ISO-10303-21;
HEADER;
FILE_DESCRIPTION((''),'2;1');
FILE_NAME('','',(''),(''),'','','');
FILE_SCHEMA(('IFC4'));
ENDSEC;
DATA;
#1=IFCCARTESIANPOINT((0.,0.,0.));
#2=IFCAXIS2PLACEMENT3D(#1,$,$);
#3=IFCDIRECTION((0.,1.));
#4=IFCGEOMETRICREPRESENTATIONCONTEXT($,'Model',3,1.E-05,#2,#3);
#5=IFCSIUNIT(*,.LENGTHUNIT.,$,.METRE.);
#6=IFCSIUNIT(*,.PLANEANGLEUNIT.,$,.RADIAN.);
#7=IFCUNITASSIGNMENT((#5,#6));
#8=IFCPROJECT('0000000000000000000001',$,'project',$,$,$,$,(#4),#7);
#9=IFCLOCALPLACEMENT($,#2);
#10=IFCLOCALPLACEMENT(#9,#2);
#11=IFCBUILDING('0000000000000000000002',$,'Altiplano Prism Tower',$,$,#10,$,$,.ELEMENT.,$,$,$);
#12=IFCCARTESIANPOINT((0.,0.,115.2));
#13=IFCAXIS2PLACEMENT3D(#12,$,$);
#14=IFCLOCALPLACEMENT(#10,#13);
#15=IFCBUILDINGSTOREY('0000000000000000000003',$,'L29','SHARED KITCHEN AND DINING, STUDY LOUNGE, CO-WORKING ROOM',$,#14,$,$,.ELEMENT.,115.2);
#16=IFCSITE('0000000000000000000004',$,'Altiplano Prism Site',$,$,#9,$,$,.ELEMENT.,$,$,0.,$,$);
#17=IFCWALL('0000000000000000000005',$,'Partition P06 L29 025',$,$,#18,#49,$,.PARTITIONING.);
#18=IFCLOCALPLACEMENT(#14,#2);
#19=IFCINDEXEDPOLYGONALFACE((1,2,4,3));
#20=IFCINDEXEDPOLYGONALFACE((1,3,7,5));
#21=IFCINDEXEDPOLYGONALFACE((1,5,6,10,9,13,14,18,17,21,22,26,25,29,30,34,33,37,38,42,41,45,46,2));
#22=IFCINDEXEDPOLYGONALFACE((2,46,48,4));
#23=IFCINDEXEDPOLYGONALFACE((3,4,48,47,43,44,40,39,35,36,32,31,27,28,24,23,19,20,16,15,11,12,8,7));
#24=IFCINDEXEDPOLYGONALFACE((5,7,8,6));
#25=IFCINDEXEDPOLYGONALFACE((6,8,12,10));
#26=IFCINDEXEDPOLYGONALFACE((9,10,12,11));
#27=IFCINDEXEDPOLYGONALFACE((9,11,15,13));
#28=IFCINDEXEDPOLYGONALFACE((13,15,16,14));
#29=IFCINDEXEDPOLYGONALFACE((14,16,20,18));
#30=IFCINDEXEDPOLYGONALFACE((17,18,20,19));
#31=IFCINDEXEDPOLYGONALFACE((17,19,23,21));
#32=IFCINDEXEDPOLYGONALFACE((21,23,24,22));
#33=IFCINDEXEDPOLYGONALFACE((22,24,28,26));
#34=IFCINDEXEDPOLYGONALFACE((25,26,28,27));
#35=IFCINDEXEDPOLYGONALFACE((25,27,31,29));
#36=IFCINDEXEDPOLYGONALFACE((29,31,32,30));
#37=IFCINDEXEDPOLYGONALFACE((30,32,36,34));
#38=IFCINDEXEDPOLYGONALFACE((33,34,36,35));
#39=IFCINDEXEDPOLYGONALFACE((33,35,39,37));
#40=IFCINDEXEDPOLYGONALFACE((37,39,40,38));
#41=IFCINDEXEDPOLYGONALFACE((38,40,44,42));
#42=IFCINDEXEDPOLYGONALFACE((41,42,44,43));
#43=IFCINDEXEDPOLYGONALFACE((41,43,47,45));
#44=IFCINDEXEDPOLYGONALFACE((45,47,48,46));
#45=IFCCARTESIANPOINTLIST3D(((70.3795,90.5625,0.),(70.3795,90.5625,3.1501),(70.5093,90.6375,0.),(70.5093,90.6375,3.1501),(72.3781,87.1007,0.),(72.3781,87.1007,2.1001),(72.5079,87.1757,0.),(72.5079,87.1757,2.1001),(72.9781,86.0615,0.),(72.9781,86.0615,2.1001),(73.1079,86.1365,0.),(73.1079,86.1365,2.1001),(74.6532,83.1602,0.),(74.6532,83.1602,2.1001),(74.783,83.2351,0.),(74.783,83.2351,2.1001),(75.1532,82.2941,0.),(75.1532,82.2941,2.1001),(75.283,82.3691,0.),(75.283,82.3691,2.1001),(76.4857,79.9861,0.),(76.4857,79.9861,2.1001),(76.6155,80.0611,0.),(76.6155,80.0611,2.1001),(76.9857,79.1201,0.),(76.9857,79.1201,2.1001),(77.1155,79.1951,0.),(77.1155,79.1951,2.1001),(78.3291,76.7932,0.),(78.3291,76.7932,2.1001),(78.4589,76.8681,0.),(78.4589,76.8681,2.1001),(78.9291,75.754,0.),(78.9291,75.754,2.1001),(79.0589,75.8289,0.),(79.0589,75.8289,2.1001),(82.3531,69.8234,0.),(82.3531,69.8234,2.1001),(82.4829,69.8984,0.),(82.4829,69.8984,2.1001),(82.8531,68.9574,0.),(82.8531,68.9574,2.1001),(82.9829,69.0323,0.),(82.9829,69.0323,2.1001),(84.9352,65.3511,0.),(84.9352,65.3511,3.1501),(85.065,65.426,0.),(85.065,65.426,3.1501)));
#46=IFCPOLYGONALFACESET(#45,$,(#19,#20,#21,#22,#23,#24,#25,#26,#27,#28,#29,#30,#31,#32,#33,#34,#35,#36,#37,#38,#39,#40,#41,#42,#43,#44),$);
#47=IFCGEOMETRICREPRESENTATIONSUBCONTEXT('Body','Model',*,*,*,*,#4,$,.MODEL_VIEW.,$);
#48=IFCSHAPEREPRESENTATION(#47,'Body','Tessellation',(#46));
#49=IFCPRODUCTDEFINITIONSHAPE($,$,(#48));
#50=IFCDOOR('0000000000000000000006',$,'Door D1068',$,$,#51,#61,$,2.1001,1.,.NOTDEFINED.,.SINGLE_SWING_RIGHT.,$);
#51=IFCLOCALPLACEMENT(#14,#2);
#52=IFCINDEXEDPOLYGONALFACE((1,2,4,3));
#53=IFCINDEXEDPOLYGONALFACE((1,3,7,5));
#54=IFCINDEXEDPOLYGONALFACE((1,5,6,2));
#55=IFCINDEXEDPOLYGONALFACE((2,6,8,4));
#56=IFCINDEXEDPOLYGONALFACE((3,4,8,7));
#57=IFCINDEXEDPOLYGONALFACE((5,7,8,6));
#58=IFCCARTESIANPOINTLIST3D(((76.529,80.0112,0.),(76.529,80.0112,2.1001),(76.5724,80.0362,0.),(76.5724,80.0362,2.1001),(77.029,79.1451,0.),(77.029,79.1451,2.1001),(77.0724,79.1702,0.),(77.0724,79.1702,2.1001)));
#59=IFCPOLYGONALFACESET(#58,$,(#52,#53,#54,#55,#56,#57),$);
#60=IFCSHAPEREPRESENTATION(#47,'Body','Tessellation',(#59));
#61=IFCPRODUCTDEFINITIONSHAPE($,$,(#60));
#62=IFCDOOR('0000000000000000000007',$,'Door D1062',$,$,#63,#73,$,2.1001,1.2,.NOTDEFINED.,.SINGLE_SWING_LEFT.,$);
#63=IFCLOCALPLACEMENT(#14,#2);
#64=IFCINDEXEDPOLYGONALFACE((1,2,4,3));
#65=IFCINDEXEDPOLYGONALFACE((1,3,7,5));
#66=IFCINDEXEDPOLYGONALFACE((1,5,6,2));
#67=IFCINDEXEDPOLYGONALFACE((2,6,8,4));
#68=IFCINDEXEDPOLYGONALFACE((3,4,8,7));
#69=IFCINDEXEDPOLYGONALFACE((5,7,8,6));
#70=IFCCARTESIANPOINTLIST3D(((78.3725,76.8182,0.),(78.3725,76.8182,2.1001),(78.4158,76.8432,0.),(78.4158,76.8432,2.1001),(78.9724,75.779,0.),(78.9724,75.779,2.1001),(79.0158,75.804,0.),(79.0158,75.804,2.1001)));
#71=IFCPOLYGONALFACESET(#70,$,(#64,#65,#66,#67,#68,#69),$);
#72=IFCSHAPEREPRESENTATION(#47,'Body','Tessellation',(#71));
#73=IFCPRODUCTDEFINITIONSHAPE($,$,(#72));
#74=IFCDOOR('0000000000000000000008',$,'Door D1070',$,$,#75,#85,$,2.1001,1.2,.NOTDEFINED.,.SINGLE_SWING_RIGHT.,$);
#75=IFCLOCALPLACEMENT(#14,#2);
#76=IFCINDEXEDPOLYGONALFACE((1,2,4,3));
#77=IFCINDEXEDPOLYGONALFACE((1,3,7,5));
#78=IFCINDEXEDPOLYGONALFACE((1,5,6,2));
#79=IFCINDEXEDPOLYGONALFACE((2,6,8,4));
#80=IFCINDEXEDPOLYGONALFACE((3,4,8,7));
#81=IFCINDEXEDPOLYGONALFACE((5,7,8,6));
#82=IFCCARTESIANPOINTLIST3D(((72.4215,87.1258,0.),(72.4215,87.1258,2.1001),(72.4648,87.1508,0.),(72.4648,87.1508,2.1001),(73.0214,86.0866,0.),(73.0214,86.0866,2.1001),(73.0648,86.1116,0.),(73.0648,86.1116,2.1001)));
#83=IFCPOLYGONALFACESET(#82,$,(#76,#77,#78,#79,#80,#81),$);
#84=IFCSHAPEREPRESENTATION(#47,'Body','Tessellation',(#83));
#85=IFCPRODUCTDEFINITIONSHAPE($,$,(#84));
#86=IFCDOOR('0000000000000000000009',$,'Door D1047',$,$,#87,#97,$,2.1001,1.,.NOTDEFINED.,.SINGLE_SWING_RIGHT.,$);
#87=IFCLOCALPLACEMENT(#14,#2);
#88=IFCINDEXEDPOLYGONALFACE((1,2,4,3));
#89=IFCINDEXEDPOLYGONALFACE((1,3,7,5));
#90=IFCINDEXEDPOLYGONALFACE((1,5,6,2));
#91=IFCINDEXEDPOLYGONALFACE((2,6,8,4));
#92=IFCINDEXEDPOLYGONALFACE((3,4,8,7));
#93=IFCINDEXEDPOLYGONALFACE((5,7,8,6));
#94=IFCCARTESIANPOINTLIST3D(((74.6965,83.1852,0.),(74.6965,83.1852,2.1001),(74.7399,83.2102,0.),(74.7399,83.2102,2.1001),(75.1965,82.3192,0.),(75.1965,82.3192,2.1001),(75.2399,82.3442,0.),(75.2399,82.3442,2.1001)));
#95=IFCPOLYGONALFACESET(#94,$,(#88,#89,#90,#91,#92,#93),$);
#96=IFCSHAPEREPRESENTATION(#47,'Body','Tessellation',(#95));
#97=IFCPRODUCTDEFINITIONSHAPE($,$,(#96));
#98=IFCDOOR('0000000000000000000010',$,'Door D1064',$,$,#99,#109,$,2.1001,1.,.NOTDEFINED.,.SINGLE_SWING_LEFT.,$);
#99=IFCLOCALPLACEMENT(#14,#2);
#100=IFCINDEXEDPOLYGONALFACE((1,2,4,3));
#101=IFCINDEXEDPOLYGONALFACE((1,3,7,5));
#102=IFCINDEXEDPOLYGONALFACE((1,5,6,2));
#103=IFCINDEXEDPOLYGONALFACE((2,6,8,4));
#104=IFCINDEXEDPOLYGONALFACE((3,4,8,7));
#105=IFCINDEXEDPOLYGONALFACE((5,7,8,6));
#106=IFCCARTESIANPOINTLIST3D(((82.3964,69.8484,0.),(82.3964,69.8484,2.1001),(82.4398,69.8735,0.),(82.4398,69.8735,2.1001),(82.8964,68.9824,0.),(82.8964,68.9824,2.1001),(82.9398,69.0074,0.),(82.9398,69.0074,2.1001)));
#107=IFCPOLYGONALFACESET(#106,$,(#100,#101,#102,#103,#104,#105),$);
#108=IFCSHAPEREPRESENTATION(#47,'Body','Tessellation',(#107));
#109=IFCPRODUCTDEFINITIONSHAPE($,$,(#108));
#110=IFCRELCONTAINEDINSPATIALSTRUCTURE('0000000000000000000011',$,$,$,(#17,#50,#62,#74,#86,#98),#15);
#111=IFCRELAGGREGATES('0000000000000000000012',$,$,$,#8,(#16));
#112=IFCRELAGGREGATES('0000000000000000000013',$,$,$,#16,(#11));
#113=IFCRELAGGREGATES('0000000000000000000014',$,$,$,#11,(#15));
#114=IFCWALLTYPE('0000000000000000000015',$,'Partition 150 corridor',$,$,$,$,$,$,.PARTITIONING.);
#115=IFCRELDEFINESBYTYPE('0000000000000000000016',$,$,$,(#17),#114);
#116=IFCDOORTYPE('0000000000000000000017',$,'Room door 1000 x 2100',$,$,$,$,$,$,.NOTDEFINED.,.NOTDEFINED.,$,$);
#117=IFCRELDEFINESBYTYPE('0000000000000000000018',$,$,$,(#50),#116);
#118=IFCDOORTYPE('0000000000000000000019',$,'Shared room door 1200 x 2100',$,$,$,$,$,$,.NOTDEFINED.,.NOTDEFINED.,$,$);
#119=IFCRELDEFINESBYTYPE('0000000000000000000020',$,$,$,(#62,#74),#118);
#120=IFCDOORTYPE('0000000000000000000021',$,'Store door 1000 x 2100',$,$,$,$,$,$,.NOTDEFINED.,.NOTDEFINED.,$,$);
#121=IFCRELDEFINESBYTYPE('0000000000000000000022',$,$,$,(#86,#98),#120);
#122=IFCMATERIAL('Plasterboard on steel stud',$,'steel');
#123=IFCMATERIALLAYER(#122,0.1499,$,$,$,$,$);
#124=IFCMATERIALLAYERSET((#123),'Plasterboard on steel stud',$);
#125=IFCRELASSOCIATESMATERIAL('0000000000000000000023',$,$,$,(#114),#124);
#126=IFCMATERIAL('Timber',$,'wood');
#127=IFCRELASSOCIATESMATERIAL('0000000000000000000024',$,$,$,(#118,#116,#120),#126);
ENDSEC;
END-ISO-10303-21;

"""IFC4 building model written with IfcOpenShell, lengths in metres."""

from ifc_helpers import new_model, si_unit, direction, frame, frame_2d, origin, place, context, subcontext, project, spatial, rectangle, extrude, material, layer, layer_set, type_object, element, fill, save


model = new_model("IFC4")

# Units and contexts
model_context = context("Model", 3, precision=1e-05, world=origin(), true_north=direction((0.0, 1.0)))
body_context = subcontext(model_context, "Body", "Model", "MODEL_VIEW")
ifc_project = project(units=[si_unit("LENGTHUNIT", "METRE"), si_unit("PLANEANGLEUNIT", "RADIAN")], contexts=[model_context])

# Site, building, storey
site_placement = place(None, origin())
site = spatial("IfcSite", under=ifc_project, at=site_placement, Name="Altiplano Prism Site", CompositionType="ELEMENT", RefElevation=0.0)
building_placement = place(site_placement, origin())
building = spatial("IfcBuilding", under=site, at=building_placement, Name="Altiplano Prism Tower", CompositionType="ELEMENT")
storey_placement = place(building_placement, frame((0.0, 0.0, 115.2)))
storey = spatial("IfcBuildingStorey", under=building, at=storey_placement, Name="L29", Description="SHARED KITCHEN AND DINING, STUDY LOUNGE, CO-WORKING ROOM", CompositionType="ELEMENT", Elevation=115.2)

# Shared definitions
ifc_material_1 = material(Name="Plasterboard on steel stud", Category="steel")
ifc_layer_1 = layer(ifc_material_1, 0.1499)
ifc_layer_set_1 = layer_set([ifc_layer_1], Name="Plasterboard on steel stud")
wall_type_1 = type_object("IfcWallType", Name="Partition 150 corridor", PredefinedType="PARTITIONING", material=ifc_layer_set_1)

# Wall, openings, doors
ifc_material_2 = material(Name="Timber", Category="wood")
door_type_1 = type_object("IfcDoorType", Name="Shared room door 1200 x 2100", OperationType="NOTDEFINED", PredefinedType="NOTDEFINED", material=ifc_material_2)
wall_1_placement = place(storey_placement, frame((85.0, 65.3887, 0.0), z_axis=(0.0, 0.0, 1.0), x_axis=(-0.499996, 0.866028, 0.0)))
wall_1 = element("IfcWall", 1, at=wall_1_placement, inside=storey, type_object=wall_type_1, Name="Partition P06 L29 025", PredefinedType="PARTITIONING", context=body_context, shape_type="SweptSolid", body=[
    extrude(rectangle(XDim=29.1116, YDim=0.1499, at=frame_2d((14.5557, 0.0))), origin(), (0.0, 0.0, 1.0), 3.1501),
])
opening_1_placement = place(wall_1_placement, frame((19.564, 0.0, 0.0)))
opening_1 = element("IfcOpeningElement", 2, at=opening_1_placement, cuts=wall_1, PredefinedType="OPENING", context=body_context, shape_type="SweptSolid", body=[
    extrude(rectangle(XDim=1.0, YDim=2.1001, at=frame_2d((0.5, 1.05))), frame((0.0, 0.0854, 0.0), z_axis=(0.0, -1.0, 0.0), x_axis=(1.0, 0.0, 0.0)), (0.0, 0.0, 1.0), 0.1709),
])
opening_2_placement = place(wall_1_placement, frame((12.012, 0.0, 0.0)))
opening_2 = element("IfcOpeningElement", 3, at=opening_2_placement, cuts=wall_1, PredefinedType="OPENING", context=body_context, shape_type="SweptSolid", body=[
    extrude(rectangle(XDim=1.2, YDim=2.1001, at=frame_2d((0.6001, 1.05))), frame((0.0, 0.0854, 0.0), z_axis=(0.0, -1.0, 0.0), x_axis=(1.0, 0.0, 0.0)), (0.0, 0.0, 1.0), 0.1709),
])
opening_3_placement = place(wall_1_placement, frame((4.1641, 0.0, 0.0)))
opening_3 = element("IfcOpeningElement", 4, at=opening_3_placement, cuts=wall_1, PredefinedType="OPENING", context=body_context, shape_type="SweptSolid", body=[
    extrude(rectangle(XDim=1.0, YDim=2.1001, at=frame_2d((0.5, 1.05))), frame((0.0, 0.0854, 0.0), z_axis=(0.0, -1.0, 0.0), x_axis=(1.0, 0.0, 0.0)), (0.0, 0.0, 1.0), 0.1709),
])
opening_4_placement = place(wall_1_placement, frame((15.8989, 0.0, 0.0)))
opening_4 = element("IfcOpeningElement", 5, at=opening_4_placement, cuts=wall_1, PredefinedType="OPENING", context=body_context, shape_type="SweptSolid", body=[
    extrude(rectangle(XDim=1.0, YDim=2.1001, at=frame_2d((0.5, 1.05))), frame((0.0, 0.0854, 0.0), z_axis=(0.0, -1.0, 0.0), x_axis=(1.0, 0.0, 0.0)), (0.0, 0.0, 1.0), 0.1709),
])
opening_5_placement = place(wall_1_placement, frame((23.9141, 0.0, 0.0)))
opening_5 = element("IfcOpeningElement", 6, at=opening_5_placement, cuts=wall_1, PredefinedType="OPENING", context=body_context, shape_type="SweptSolid", body=[
    extrude(rectangle(XDim=1.2, YDim=2.1001, at=frame_2d((0.6001, 1.05))), frame((0.0, 0.0854, 0.0), z_axis=(0.0, -1.0, 0.0), x_axis=(1.0, 0.0, 0.0)), (0.0, 0.0, 1.0), 0.1709),
])
door_type_2 = type_object("IfcDoorType", Name="Room door 1000 x 2100", OperationType="NOTDEFINED", PredefinedType="NOTDEFINED", material=ifc_material_2)
door_1_placement = place(opening_4_placement, origin())
door_1 = element("IfcDoor", 7, at=door_1_placement, inside=storey, type_object=door_type_2, Name="Door D1068", OperationType="SINGLE_SWING_RIGHT", OverallHeight=2.1001, OverallWidth=1.0, PredefinedType="NOTDEFINED", context=body_context, shape_type="SweptSolid", body=[
    extrude(rectangle(XDim=1.0, YDim=2.1001, at=frame_2d((0.5, 1.05))), frame((0.0, 0.0249, 0.0), z_axis=(0.0, -1.0, 0.0), x_axis=(1.0, 0.0, 0.0)), (0.0, 0.0, 1.0), 0.05),
])
fill(opening_4, door_1)
door_2_placement = place(opening_2_placement, origin())
door_2 = element("IfcDoor", 8, at=door_2_placement, inside=storey, type_object=door_type_1, Name="Door D1062", OperationType="SINGLE_SWING_LEFT", OverallHeight=2.1001, OverallWidth=1.2, PredefinedType="NOTDEFINED", context=body_context, shape_type="SweptSolid", body=[
    extrude(rectangle(XDim=1.2, YDim=2.1001, at=frame_2d((0.6001, 1.05))), frame((0.0, 0.0249, 0.0), z_axis=(0.0, -1.0, 0.0), x_axis=(1.0, 0.0, 0.0)), (0.0, 0.0, 1.0), 0.05),
])
fill(opening_2, door_2)
door_3_placement = place(opening_5_placement, origin())
door_3 = element("IfcDoor", 9, at=door_3_placement, inside=storey, type_object=door_type_1, Name="Door D1070", OperationType="SINGLE_SWING_RIGHT", OverallHeight=2.1001, OverallWidth=1.2, PredefinedType="NOTDEFINED", context=body_context, shape_type="SweptSolid", body=[
    extrude(rectangle(XDim=1.2, YDim=2.1001, at=frame_2d((0.6001, 1.05))), frame((0.0, 0.0249, 0.0), z_axis=(0.0, -1.0, 0.0), x_axis=(1.0, 0.0, 0.0)), (0.0, 0.0, 1.0), 0.05),
])
fill(opening_5, door_3)
door_type_3 = type_object("IfcDoorType", Name="Store door 1000 x 2100", OperationType="NOTDEFINED", PredefinedType="NOTDEFINED", material=ifc_material_2)
door_4_placement = place(opening_1_placement, origin())
door_4 = element("IfcDoor", 10, at=door_4_placement, inside=storey, type_object=door_type_3, Name="Door D1047", OperationType="SINGLE_SWING_RIGHT", OverallHeight=2.1001, OverallWidth=1.0, PredefinedType="NOTDEFINED", context=body_context, shape_type="SweptSolid", body=[
    extrude(rectangle(XDim=1.0, YDim=2.1001, at=frame_2d((0.5, 1.05))), frame((0.0, 0.0249, 0.0), z_axis=(0.0, -1.0, 0.0), x_axis=(1.0, 0.0, 0.0)), (0.0, 0.0, 1.0), 0.05),
])
fill(opening_1, door_4)
door_5_placement = place(opening_3_placement, origin())
door_5 = element("IfcDoor", 11, at=door_5_placement, inside=storey, type_object=door_type_3, Name="Door D1064", OperationType="SINGLE_SWING_LEFT", OverallHeight=2.1001, OverallWidth=1.0, PredefinedType="NOTDEFINED", context=body_context, shape_type="SweptSolid", body=[
    extrude(rectangle(XDim=1.0, YDim=2.1001, at=frame_2d((0.5, 1.05))), frame((0.0, 0.0249, 0.0), z_axis=(0.0, -1.0, 0.0), x_axis=(1.0, 0.0, 0.0)), (0.0, 0.0, 1.0), 0.05),
])
fill(opening_3, door_5)

save(model, "model.ifc")
